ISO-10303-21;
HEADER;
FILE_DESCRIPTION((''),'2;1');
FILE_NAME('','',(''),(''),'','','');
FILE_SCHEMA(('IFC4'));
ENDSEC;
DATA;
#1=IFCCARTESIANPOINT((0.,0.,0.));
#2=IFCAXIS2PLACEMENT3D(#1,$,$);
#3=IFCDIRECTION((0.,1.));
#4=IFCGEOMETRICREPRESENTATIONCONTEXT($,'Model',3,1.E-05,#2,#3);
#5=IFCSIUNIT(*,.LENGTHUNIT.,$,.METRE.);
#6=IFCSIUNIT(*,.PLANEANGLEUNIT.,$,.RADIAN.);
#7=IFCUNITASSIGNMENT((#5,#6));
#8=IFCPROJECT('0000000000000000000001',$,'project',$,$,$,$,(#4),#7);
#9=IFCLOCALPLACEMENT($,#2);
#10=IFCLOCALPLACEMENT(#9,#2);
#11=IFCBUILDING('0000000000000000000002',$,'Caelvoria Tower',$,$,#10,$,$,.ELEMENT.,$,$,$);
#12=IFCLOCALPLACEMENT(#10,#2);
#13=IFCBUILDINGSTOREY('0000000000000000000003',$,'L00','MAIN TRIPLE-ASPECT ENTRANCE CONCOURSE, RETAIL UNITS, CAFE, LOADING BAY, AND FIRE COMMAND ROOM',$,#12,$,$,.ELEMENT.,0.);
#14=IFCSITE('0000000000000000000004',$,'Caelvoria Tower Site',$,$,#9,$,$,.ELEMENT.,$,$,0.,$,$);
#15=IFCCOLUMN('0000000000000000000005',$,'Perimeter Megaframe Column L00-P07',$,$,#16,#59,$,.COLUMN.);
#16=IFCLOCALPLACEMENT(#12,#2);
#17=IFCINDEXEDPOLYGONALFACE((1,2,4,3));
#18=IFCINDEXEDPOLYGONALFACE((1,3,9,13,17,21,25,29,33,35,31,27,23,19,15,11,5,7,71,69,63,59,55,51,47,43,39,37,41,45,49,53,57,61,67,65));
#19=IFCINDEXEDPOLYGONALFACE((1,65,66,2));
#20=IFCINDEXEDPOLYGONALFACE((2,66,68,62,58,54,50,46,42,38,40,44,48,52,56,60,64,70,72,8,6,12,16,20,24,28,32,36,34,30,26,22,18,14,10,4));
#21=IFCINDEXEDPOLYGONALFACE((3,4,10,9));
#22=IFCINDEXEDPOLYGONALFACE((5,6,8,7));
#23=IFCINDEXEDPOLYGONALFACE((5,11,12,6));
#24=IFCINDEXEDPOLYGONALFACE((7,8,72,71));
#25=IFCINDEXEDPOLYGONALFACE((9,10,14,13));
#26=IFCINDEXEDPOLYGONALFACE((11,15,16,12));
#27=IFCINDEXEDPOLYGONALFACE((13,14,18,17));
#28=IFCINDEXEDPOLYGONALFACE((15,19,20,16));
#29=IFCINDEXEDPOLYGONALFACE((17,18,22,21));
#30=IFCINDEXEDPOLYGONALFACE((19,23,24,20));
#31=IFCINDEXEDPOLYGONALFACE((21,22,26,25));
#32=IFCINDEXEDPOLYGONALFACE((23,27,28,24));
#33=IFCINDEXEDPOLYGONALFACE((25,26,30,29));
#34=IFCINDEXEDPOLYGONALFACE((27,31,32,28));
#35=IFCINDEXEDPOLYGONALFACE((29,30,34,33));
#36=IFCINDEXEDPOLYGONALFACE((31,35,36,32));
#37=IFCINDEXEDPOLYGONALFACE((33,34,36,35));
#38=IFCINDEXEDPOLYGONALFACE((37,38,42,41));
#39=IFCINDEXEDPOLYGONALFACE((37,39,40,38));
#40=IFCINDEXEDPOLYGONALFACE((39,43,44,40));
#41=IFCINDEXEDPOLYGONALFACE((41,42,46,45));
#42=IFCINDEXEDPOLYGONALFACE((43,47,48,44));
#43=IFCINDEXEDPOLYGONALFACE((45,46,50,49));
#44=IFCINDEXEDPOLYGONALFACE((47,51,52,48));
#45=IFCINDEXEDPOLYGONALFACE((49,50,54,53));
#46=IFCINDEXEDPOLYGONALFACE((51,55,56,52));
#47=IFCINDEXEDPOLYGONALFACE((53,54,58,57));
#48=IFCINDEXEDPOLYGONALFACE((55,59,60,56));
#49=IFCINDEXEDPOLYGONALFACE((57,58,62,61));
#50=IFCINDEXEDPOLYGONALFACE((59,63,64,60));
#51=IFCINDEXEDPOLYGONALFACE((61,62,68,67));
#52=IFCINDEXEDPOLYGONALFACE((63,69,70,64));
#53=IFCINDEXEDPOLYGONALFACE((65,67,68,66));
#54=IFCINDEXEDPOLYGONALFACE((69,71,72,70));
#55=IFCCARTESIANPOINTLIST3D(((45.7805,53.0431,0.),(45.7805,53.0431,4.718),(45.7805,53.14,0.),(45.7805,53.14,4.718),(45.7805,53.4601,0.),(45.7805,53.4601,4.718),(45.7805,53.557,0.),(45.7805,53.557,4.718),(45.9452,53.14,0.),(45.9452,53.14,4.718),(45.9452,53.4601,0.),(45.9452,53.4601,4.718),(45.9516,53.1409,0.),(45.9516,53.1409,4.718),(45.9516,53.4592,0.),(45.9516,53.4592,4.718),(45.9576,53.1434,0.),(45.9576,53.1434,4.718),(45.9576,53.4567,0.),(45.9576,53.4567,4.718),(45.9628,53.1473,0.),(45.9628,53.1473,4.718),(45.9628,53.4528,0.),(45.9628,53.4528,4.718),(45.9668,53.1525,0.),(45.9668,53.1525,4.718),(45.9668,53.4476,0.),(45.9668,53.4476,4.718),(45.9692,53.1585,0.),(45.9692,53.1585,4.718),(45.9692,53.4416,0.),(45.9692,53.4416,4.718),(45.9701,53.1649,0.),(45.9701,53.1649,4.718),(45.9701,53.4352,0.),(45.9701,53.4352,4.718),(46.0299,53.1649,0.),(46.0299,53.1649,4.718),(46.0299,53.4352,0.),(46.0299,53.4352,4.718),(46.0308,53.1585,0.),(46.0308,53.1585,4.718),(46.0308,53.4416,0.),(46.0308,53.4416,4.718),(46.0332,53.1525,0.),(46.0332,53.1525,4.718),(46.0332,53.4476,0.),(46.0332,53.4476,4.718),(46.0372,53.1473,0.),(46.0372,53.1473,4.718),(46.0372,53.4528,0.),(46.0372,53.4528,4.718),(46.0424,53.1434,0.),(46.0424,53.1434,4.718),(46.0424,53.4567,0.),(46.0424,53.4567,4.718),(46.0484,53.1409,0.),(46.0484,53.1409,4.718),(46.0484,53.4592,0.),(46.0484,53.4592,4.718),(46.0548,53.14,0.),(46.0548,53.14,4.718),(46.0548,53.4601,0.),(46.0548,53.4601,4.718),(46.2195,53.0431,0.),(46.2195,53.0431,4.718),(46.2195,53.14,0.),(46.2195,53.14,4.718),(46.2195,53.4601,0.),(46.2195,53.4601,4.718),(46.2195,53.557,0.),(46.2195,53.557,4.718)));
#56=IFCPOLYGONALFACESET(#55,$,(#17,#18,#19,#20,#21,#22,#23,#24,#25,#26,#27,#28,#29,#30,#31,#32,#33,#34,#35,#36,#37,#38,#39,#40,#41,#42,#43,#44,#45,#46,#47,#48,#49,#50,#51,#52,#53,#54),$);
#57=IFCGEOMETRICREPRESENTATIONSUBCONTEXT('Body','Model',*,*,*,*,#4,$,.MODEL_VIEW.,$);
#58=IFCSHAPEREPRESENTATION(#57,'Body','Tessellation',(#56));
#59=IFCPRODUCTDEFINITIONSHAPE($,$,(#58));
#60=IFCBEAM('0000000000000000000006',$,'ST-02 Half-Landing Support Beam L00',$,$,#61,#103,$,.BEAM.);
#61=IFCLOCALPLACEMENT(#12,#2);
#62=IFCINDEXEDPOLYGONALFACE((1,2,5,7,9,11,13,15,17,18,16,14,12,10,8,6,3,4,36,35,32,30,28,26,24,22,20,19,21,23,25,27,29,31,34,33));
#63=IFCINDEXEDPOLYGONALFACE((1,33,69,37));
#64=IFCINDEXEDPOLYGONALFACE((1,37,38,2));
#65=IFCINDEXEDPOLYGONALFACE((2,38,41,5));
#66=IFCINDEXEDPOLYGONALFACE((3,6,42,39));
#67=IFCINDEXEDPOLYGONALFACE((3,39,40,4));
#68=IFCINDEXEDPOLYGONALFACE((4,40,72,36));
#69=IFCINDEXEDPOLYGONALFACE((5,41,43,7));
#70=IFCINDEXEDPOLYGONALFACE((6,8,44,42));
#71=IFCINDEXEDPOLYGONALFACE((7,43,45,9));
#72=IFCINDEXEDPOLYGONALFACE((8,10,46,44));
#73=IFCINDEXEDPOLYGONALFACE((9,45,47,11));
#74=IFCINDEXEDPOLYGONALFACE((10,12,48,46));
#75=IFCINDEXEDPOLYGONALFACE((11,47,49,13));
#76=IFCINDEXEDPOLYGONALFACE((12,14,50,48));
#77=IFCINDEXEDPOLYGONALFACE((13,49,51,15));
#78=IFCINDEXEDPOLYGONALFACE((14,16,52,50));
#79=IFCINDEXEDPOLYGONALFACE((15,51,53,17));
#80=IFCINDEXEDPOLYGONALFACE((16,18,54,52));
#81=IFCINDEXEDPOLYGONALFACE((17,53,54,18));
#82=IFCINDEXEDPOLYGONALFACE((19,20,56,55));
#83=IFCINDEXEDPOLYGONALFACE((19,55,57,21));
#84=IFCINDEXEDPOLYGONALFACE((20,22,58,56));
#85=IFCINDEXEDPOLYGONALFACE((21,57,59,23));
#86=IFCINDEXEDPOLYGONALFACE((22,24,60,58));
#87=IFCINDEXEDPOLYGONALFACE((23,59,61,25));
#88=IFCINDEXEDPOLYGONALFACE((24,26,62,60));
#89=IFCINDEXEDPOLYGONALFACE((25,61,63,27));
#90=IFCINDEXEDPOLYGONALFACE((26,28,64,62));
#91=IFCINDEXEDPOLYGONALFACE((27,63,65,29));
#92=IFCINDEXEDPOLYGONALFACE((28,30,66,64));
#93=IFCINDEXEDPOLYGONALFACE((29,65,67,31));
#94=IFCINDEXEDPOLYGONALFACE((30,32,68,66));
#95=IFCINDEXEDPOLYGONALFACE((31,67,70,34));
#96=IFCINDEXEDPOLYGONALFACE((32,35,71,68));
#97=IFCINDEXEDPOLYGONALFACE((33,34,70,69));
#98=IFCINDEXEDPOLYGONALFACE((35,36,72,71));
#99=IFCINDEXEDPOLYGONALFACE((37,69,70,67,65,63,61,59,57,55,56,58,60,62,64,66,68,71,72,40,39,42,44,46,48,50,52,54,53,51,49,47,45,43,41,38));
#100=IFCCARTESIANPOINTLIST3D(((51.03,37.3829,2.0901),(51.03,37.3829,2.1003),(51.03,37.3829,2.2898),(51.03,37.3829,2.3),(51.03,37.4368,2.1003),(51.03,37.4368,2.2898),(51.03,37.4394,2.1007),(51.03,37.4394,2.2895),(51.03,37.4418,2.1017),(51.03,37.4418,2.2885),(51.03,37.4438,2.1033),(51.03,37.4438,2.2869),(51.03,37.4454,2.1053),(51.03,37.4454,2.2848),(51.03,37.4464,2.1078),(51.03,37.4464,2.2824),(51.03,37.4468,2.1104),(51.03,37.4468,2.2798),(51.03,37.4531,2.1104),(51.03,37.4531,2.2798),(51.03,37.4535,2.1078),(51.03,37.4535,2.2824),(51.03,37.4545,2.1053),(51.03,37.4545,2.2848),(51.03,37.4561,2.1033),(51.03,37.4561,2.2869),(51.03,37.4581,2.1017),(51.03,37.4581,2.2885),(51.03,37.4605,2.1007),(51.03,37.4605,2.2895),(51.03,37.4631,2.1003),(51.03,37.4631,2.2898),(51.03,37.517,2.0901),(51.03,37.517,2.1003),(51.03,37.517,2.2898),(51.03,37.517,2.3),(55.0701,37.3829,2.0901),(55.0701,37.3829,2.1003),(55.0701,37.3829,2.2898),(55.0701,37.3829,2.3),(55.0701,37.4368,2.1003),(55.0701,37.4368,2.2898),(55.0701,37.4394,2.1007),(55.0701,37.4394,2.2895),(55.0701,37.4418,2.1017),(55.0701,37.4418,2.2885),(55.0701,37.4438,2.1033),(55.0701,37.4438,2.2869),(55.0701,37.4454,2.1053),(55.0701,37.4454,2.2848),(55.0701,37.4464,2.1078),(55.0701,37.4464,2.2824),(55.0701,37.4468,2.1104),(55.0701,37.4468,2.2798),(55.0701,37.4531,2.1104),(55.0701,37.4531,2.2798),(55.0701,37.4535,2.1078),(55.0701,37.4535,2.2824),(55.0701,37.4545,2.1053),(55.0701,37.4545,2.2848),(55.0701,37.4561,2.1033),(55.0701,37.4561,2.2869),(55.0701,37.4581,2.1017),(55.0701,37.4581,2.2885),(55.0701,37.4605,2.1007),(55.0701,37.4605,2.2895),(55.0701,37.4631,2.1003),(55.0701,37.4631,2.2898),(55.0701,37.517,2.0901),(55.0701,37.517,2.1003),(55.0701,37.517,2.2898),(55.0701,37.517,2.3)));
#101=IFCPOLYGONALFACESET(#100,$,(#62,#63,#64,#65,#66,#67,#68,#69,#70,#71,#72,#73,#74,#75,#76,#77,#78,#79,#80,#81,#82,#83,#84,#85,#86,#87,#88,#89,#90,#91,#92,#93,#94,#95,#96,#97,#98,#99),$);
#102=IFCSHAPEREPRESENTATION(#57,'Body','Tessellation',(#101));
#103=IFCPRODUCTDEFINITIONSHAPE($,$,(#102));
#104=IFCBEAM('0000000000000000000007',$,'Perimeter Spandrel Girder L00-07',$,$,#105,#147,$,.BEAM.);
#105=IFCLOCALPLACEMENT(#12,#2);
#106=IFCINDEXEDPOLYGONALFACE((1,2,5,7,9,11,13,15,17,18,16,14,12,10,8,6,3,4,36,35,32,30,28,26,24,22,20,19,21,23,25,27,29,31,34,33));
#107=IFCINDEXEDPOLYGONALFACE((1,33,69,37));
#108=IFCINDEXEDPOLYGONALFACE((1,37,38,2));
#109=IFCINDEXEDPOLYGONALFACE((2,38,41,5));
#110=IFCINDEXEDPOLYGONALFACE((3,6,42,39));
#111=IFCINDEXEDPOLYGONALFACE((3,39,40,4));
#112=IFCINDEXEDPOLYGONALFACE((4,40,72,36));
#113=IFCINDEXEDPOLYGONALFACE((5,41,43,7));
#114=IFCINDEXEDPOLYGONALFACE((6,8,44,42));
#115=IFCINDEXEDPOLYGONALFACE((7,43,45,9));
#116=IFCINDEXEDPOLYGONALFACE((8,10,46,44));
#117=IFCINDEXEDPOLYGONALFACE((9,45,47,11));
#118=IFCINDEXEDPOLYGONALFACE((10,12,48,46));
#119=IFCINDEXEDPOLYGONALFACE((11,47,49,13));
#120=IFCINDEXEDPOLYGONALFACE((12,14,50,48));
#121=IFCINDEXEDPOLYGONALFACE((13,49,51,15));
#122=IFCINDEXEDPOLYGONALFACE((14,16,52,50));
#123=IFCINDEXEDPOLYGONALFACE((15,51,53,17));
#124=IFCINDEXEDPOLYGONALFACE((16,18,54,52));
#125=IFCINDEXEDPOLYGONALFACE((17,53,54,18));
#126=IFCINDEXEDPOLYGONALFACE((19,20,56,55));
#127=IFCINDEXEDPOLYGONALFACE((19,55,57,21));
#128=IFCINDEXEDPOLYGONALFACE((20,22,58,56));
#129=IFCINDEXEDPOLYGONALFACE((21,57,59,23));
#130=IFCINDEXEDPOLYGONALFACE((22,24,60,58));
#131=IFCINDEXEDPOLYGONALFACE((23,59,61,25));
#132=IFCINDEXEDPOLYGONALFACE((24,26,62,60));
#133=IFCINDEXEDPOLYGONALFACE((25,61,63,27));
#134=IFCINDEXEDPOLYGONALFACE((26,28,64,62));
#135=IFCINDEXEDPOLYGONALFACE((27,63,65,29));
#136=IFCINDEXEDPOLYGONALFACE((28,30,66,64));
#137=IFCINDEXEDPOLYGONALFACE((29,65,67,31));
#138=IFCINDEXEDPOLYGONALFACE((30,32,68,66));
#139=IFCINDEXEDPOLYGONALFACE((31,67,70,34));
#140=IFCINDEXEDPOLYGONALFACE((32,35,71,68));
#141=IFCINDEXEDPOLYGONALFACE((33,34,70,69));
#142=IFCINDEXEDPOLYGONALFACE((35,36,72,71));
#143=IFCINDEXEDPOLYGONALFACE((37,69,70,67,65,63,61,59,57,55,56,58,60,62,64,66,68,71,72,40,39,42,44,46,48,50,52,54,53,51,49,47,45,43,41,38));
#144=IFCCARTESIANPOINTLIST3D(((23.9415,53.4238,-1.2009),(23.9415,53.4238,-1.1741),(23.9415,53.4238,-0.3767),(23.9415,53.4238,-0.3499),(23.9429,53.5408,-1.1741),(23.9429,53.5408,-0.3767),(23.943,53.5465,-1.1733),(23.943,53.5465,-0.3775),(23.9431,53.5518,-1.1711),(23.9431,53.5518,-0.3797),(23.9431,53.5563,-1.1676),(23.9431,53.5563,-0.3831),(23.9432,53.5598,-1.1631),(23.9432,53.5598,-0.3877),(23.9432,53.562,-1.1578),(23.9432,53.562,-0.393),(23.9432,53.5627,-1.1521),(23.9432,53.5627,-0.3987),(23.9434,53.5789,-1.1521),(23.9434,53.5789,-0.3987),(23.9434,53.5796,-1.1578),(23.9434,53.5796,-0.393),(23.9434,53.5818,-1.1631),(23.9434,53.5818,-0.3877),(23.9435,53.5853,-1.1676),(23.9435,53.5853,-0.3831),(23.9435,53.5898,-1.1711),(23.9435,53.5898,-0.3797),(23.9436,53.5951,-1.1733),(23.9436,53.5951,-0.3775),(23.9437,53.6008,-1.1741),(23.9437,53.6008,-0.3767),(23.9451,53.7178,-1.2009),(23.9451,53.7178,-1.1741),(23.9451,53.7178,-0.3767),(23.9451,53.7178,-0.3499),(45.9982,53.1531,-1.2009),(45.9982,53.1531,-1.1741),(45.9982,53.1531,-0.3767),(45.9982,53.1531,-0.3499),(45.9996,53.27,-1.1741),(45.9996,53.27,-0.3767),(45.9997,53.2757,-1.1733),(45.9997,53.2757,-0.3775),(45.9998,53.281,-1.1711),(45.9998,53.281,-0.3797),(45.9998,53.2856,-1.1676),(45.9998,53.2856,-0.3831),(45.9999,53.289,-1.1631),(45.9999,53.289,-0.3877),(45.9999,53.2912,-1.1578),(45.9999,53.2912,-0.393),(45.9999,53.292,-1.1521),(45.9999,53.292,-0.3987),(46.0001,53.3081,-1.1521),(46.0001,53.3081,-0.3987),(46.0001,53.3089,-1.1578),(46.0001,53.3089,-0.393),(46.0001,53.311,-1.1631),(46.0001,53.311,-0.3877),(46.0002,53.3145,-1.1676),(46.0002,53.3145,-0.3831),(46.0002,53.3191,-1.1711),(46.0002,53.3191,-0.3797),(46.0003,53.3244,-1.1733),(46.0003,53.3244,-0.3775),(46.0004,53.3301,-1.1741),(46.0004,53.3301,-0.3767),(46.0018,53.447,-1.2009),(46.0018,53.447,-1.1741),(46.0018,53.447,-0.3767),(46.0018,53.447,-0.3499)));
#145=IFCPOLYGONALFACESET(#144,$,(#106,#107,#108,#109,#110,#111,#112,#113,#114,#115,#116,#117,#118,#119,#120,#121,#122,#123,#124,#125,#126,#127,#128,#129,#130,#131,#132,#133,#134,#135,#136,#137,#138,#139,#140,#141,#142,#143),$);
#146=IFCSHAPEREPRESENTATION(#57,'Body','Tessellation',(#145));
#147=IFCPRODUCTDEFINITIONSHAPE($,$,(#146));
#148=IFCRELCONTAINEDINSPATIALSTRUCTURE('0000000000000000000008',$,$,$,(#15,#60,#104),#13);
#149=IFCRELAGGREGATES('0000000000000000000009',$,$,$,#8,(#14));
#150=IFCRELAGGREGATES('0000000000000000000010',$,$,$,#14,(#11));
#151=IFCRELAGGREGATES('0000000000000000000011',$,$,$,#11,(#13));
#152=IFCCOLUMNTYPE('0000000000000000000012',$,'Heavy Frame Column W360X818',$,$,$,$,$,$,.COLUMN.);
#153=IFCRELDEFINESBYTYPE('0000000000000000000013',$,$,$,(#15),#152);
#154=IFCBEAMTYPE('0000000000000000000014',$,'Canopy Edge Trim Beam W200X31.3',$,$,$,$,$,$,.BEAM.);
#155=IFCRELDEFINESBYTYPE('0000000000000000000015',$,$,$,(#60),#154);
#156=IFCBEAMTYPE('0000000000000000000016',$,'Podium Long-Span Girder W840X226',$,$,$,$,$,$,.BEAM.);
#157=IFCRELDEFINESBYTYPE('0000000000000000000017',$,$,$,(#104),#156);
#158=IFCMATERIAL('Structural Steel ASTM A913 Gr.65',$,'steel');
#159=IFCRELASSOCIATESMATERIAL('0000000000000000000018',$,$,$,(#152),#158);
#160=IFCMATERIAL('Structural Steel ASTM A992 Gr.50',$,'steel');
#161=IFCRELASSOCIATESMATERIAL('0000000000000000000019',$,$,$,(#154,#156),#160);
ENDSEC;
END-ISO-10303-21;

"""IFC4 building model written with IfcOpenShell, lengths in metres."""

from ifc_helpers import new_model, si_unit, direction, frame, origin, origin_2d, place, context, subcontext, project, spatial, i_section, extrude, material, material_profile, profile_set, type_object, element, save


model = new_model("IFC4")

# Units and contexts
model_context = context("Model", 3, precision=1e-05, world=origin(), true_north=direction((0.0, 1.0)))
body_context = subcontext(model_context, "Body", "Model", "MODEL_VIEW")
ifc_project = project(units=[si_unit("LENGTHUNIT", "METRE"), si_unit("PLANEANGLEUNIT", "RADIAN")], contexts=[model_context])

# Site, building, storey
site_placement = place(None, origin())
site = spatial("IfcSite", under=ifc_project, at=site_placement, Name="Caelvoria Tower Site", CompositionType="ELEMENT", RefElevation=0.0)
building_placement = place(site_placement, origin())
building = spatial("IfcBuilding", under=site, at=building_placement, Name="Caelvoria Tower", CompositionType="ELEMENT")
storey_placement = place(building_placement, origin())
storey = spatial("IfcBuildingStorey", under=building, at=storey_placement, Name="L00", Description="MAIN TRIPLE-ASPECT ENTRANCE CONCOURSE, RETAIL UNITS, CAFE, LOADING BAY, AND FIRE COMMAND ROOM", CompositionType="ELEMENT", Elevation=0.0)

# Column
ifc_material_1 = material(Name="Structural Steel ASTM A913 Gr.65", Category="steel")
ifc_material_profile_1 = material_profile(ifc_material_1, i_section(OverallWidth=0.439, OverallDepth=0.5139, WebThickness=0.0598, FlangeThickness=0.0969, FilletRadius=0.0249, at=origin_2d()), Name="Structural Steel ASTM A913 Gr.65")
ifc_profile_set_1 = profile_set([ifc_material_profile_1], Name="W360X818 - Structural Steel ASTM A913 Gr.65")
column_type = type_object("IfcColumnType", Name="Heavy Frame Column W360X818", PredefinedType="COLUMN", material=ifc_profile_set_1)
column_placement = place(storey_placement, frame((46.0, 53.3, 0.0), z_axis=(0.0, 0.0, 1.0), x_axis=(1.0, 0.0, 0.0)))
element("IfcColumn", 1, at=column_placement, inside=storey, type_object=column_type, Name="Perimeter Megaframe Column L00-P07", PredefinedType="COLUMN", context=body_context, shape_type="SweptSolid", body=[
    extrude(i_section(OverallWidth=0.439, OverallDepth=0.5139, WebThickness=0.0598, FlangeThickness=0.0969, FilletRadius=0.0249, at=origin_2d()), origin(), (0.0, 0.0, 1.0), 4.718),
])

# Beams
ifc_material_2 = material(Name="Structural Steel ASTM A992 Gr.50", Category="steel")
ifc_material_profile_2 = material_profile(ifc_material_2, i_section(OverallWidth=0.134, OverallDepth=0.21, WebThickness=0.0063, FlangeThickness=0.0103, FilletRadius=0.01, at=origin_2d()), Name="Structural Steel ASTM A992 Gr.50")
ifc_profile_set_2 = profile_set([ifc_material_profile_2], Name="W200X31.3 - Structural Steel ASTM A992 Gr.50")
beam_type_1 = type_object("IfcBeamType", Name="Canopy Edge Trim Beam W200X31.3", PredefinedType="BEAM", material=ifc_profile_set_2)
beam_1_placement = place(storey_placement, frame((51.03, 37.45, 2.1951), z_axis=(1.0, 0.0, 0.0), x_axis=(0.0, 1.0, 0.0)))
element("IfcBeam", 2, at=beam_1_placement, inside=storey, type_object=beam_type_1, Name="ST-02 Half-Landing Support Beam L00", PredefinedType="BEAM", context=body_context, shape_type="SweptSolid", body=[
    extrude(i_section(OverallWidth=0.134, OverallDepth=0.21, WebThickness=0.0063, FlangeThickness=0.0103, FilletRadius=0.01, at=origin_2d()), origin(), (0.0, 0.0, 1.0), 4.04),
])
ifc_material_profile_3 = material_profile(ifc_material_2, i_section(OverallWidth=0.2939, OverallDepth=0.8511, WebThickness=0.0161, FlangeThickness=0.0269, FilletRadius=0.022, at=origin_2d()), Name="Structural Steel ASTM A992 Gr.50")
ifc_profile_set_3 = profile_set([ifc_material_profile_3], Name="W840X226 - Structural Steel ASTM A992 Gr.50")
beam_type_2 = type_object("IfcBeamType", Name="Podium Long-Span Girder W840X226", PredefinedType="BEAM", material=ifc_profile_set_3)
beam_2_placement = place(storey_placement, frame((46.0, 53.3, -0.7754), z_axis=(-0.999925, 0.012274, 0.0), x_axis=(-0.012274, -0.999925, 0.0)))
element("IfcBeam", 3, at=beam_2_placement, inside=storey, type_object=beam_type_2, Name="Perimeter Spandrel Girder L00-07", PredefinedType="BEAM", context=body_context, shape_type="SweptSolid", body=[
    extrude(i_section(OverallWidth=0.2939, OverallDepth=0.8511, WebThickness=0.0161, FlangeThickness=0.0269, FilletRadius=0.022, at=origin_2d()), origin(), (0.0, 0.0, 1.0), 22.0583),
])

save(model, "model.ifc")
